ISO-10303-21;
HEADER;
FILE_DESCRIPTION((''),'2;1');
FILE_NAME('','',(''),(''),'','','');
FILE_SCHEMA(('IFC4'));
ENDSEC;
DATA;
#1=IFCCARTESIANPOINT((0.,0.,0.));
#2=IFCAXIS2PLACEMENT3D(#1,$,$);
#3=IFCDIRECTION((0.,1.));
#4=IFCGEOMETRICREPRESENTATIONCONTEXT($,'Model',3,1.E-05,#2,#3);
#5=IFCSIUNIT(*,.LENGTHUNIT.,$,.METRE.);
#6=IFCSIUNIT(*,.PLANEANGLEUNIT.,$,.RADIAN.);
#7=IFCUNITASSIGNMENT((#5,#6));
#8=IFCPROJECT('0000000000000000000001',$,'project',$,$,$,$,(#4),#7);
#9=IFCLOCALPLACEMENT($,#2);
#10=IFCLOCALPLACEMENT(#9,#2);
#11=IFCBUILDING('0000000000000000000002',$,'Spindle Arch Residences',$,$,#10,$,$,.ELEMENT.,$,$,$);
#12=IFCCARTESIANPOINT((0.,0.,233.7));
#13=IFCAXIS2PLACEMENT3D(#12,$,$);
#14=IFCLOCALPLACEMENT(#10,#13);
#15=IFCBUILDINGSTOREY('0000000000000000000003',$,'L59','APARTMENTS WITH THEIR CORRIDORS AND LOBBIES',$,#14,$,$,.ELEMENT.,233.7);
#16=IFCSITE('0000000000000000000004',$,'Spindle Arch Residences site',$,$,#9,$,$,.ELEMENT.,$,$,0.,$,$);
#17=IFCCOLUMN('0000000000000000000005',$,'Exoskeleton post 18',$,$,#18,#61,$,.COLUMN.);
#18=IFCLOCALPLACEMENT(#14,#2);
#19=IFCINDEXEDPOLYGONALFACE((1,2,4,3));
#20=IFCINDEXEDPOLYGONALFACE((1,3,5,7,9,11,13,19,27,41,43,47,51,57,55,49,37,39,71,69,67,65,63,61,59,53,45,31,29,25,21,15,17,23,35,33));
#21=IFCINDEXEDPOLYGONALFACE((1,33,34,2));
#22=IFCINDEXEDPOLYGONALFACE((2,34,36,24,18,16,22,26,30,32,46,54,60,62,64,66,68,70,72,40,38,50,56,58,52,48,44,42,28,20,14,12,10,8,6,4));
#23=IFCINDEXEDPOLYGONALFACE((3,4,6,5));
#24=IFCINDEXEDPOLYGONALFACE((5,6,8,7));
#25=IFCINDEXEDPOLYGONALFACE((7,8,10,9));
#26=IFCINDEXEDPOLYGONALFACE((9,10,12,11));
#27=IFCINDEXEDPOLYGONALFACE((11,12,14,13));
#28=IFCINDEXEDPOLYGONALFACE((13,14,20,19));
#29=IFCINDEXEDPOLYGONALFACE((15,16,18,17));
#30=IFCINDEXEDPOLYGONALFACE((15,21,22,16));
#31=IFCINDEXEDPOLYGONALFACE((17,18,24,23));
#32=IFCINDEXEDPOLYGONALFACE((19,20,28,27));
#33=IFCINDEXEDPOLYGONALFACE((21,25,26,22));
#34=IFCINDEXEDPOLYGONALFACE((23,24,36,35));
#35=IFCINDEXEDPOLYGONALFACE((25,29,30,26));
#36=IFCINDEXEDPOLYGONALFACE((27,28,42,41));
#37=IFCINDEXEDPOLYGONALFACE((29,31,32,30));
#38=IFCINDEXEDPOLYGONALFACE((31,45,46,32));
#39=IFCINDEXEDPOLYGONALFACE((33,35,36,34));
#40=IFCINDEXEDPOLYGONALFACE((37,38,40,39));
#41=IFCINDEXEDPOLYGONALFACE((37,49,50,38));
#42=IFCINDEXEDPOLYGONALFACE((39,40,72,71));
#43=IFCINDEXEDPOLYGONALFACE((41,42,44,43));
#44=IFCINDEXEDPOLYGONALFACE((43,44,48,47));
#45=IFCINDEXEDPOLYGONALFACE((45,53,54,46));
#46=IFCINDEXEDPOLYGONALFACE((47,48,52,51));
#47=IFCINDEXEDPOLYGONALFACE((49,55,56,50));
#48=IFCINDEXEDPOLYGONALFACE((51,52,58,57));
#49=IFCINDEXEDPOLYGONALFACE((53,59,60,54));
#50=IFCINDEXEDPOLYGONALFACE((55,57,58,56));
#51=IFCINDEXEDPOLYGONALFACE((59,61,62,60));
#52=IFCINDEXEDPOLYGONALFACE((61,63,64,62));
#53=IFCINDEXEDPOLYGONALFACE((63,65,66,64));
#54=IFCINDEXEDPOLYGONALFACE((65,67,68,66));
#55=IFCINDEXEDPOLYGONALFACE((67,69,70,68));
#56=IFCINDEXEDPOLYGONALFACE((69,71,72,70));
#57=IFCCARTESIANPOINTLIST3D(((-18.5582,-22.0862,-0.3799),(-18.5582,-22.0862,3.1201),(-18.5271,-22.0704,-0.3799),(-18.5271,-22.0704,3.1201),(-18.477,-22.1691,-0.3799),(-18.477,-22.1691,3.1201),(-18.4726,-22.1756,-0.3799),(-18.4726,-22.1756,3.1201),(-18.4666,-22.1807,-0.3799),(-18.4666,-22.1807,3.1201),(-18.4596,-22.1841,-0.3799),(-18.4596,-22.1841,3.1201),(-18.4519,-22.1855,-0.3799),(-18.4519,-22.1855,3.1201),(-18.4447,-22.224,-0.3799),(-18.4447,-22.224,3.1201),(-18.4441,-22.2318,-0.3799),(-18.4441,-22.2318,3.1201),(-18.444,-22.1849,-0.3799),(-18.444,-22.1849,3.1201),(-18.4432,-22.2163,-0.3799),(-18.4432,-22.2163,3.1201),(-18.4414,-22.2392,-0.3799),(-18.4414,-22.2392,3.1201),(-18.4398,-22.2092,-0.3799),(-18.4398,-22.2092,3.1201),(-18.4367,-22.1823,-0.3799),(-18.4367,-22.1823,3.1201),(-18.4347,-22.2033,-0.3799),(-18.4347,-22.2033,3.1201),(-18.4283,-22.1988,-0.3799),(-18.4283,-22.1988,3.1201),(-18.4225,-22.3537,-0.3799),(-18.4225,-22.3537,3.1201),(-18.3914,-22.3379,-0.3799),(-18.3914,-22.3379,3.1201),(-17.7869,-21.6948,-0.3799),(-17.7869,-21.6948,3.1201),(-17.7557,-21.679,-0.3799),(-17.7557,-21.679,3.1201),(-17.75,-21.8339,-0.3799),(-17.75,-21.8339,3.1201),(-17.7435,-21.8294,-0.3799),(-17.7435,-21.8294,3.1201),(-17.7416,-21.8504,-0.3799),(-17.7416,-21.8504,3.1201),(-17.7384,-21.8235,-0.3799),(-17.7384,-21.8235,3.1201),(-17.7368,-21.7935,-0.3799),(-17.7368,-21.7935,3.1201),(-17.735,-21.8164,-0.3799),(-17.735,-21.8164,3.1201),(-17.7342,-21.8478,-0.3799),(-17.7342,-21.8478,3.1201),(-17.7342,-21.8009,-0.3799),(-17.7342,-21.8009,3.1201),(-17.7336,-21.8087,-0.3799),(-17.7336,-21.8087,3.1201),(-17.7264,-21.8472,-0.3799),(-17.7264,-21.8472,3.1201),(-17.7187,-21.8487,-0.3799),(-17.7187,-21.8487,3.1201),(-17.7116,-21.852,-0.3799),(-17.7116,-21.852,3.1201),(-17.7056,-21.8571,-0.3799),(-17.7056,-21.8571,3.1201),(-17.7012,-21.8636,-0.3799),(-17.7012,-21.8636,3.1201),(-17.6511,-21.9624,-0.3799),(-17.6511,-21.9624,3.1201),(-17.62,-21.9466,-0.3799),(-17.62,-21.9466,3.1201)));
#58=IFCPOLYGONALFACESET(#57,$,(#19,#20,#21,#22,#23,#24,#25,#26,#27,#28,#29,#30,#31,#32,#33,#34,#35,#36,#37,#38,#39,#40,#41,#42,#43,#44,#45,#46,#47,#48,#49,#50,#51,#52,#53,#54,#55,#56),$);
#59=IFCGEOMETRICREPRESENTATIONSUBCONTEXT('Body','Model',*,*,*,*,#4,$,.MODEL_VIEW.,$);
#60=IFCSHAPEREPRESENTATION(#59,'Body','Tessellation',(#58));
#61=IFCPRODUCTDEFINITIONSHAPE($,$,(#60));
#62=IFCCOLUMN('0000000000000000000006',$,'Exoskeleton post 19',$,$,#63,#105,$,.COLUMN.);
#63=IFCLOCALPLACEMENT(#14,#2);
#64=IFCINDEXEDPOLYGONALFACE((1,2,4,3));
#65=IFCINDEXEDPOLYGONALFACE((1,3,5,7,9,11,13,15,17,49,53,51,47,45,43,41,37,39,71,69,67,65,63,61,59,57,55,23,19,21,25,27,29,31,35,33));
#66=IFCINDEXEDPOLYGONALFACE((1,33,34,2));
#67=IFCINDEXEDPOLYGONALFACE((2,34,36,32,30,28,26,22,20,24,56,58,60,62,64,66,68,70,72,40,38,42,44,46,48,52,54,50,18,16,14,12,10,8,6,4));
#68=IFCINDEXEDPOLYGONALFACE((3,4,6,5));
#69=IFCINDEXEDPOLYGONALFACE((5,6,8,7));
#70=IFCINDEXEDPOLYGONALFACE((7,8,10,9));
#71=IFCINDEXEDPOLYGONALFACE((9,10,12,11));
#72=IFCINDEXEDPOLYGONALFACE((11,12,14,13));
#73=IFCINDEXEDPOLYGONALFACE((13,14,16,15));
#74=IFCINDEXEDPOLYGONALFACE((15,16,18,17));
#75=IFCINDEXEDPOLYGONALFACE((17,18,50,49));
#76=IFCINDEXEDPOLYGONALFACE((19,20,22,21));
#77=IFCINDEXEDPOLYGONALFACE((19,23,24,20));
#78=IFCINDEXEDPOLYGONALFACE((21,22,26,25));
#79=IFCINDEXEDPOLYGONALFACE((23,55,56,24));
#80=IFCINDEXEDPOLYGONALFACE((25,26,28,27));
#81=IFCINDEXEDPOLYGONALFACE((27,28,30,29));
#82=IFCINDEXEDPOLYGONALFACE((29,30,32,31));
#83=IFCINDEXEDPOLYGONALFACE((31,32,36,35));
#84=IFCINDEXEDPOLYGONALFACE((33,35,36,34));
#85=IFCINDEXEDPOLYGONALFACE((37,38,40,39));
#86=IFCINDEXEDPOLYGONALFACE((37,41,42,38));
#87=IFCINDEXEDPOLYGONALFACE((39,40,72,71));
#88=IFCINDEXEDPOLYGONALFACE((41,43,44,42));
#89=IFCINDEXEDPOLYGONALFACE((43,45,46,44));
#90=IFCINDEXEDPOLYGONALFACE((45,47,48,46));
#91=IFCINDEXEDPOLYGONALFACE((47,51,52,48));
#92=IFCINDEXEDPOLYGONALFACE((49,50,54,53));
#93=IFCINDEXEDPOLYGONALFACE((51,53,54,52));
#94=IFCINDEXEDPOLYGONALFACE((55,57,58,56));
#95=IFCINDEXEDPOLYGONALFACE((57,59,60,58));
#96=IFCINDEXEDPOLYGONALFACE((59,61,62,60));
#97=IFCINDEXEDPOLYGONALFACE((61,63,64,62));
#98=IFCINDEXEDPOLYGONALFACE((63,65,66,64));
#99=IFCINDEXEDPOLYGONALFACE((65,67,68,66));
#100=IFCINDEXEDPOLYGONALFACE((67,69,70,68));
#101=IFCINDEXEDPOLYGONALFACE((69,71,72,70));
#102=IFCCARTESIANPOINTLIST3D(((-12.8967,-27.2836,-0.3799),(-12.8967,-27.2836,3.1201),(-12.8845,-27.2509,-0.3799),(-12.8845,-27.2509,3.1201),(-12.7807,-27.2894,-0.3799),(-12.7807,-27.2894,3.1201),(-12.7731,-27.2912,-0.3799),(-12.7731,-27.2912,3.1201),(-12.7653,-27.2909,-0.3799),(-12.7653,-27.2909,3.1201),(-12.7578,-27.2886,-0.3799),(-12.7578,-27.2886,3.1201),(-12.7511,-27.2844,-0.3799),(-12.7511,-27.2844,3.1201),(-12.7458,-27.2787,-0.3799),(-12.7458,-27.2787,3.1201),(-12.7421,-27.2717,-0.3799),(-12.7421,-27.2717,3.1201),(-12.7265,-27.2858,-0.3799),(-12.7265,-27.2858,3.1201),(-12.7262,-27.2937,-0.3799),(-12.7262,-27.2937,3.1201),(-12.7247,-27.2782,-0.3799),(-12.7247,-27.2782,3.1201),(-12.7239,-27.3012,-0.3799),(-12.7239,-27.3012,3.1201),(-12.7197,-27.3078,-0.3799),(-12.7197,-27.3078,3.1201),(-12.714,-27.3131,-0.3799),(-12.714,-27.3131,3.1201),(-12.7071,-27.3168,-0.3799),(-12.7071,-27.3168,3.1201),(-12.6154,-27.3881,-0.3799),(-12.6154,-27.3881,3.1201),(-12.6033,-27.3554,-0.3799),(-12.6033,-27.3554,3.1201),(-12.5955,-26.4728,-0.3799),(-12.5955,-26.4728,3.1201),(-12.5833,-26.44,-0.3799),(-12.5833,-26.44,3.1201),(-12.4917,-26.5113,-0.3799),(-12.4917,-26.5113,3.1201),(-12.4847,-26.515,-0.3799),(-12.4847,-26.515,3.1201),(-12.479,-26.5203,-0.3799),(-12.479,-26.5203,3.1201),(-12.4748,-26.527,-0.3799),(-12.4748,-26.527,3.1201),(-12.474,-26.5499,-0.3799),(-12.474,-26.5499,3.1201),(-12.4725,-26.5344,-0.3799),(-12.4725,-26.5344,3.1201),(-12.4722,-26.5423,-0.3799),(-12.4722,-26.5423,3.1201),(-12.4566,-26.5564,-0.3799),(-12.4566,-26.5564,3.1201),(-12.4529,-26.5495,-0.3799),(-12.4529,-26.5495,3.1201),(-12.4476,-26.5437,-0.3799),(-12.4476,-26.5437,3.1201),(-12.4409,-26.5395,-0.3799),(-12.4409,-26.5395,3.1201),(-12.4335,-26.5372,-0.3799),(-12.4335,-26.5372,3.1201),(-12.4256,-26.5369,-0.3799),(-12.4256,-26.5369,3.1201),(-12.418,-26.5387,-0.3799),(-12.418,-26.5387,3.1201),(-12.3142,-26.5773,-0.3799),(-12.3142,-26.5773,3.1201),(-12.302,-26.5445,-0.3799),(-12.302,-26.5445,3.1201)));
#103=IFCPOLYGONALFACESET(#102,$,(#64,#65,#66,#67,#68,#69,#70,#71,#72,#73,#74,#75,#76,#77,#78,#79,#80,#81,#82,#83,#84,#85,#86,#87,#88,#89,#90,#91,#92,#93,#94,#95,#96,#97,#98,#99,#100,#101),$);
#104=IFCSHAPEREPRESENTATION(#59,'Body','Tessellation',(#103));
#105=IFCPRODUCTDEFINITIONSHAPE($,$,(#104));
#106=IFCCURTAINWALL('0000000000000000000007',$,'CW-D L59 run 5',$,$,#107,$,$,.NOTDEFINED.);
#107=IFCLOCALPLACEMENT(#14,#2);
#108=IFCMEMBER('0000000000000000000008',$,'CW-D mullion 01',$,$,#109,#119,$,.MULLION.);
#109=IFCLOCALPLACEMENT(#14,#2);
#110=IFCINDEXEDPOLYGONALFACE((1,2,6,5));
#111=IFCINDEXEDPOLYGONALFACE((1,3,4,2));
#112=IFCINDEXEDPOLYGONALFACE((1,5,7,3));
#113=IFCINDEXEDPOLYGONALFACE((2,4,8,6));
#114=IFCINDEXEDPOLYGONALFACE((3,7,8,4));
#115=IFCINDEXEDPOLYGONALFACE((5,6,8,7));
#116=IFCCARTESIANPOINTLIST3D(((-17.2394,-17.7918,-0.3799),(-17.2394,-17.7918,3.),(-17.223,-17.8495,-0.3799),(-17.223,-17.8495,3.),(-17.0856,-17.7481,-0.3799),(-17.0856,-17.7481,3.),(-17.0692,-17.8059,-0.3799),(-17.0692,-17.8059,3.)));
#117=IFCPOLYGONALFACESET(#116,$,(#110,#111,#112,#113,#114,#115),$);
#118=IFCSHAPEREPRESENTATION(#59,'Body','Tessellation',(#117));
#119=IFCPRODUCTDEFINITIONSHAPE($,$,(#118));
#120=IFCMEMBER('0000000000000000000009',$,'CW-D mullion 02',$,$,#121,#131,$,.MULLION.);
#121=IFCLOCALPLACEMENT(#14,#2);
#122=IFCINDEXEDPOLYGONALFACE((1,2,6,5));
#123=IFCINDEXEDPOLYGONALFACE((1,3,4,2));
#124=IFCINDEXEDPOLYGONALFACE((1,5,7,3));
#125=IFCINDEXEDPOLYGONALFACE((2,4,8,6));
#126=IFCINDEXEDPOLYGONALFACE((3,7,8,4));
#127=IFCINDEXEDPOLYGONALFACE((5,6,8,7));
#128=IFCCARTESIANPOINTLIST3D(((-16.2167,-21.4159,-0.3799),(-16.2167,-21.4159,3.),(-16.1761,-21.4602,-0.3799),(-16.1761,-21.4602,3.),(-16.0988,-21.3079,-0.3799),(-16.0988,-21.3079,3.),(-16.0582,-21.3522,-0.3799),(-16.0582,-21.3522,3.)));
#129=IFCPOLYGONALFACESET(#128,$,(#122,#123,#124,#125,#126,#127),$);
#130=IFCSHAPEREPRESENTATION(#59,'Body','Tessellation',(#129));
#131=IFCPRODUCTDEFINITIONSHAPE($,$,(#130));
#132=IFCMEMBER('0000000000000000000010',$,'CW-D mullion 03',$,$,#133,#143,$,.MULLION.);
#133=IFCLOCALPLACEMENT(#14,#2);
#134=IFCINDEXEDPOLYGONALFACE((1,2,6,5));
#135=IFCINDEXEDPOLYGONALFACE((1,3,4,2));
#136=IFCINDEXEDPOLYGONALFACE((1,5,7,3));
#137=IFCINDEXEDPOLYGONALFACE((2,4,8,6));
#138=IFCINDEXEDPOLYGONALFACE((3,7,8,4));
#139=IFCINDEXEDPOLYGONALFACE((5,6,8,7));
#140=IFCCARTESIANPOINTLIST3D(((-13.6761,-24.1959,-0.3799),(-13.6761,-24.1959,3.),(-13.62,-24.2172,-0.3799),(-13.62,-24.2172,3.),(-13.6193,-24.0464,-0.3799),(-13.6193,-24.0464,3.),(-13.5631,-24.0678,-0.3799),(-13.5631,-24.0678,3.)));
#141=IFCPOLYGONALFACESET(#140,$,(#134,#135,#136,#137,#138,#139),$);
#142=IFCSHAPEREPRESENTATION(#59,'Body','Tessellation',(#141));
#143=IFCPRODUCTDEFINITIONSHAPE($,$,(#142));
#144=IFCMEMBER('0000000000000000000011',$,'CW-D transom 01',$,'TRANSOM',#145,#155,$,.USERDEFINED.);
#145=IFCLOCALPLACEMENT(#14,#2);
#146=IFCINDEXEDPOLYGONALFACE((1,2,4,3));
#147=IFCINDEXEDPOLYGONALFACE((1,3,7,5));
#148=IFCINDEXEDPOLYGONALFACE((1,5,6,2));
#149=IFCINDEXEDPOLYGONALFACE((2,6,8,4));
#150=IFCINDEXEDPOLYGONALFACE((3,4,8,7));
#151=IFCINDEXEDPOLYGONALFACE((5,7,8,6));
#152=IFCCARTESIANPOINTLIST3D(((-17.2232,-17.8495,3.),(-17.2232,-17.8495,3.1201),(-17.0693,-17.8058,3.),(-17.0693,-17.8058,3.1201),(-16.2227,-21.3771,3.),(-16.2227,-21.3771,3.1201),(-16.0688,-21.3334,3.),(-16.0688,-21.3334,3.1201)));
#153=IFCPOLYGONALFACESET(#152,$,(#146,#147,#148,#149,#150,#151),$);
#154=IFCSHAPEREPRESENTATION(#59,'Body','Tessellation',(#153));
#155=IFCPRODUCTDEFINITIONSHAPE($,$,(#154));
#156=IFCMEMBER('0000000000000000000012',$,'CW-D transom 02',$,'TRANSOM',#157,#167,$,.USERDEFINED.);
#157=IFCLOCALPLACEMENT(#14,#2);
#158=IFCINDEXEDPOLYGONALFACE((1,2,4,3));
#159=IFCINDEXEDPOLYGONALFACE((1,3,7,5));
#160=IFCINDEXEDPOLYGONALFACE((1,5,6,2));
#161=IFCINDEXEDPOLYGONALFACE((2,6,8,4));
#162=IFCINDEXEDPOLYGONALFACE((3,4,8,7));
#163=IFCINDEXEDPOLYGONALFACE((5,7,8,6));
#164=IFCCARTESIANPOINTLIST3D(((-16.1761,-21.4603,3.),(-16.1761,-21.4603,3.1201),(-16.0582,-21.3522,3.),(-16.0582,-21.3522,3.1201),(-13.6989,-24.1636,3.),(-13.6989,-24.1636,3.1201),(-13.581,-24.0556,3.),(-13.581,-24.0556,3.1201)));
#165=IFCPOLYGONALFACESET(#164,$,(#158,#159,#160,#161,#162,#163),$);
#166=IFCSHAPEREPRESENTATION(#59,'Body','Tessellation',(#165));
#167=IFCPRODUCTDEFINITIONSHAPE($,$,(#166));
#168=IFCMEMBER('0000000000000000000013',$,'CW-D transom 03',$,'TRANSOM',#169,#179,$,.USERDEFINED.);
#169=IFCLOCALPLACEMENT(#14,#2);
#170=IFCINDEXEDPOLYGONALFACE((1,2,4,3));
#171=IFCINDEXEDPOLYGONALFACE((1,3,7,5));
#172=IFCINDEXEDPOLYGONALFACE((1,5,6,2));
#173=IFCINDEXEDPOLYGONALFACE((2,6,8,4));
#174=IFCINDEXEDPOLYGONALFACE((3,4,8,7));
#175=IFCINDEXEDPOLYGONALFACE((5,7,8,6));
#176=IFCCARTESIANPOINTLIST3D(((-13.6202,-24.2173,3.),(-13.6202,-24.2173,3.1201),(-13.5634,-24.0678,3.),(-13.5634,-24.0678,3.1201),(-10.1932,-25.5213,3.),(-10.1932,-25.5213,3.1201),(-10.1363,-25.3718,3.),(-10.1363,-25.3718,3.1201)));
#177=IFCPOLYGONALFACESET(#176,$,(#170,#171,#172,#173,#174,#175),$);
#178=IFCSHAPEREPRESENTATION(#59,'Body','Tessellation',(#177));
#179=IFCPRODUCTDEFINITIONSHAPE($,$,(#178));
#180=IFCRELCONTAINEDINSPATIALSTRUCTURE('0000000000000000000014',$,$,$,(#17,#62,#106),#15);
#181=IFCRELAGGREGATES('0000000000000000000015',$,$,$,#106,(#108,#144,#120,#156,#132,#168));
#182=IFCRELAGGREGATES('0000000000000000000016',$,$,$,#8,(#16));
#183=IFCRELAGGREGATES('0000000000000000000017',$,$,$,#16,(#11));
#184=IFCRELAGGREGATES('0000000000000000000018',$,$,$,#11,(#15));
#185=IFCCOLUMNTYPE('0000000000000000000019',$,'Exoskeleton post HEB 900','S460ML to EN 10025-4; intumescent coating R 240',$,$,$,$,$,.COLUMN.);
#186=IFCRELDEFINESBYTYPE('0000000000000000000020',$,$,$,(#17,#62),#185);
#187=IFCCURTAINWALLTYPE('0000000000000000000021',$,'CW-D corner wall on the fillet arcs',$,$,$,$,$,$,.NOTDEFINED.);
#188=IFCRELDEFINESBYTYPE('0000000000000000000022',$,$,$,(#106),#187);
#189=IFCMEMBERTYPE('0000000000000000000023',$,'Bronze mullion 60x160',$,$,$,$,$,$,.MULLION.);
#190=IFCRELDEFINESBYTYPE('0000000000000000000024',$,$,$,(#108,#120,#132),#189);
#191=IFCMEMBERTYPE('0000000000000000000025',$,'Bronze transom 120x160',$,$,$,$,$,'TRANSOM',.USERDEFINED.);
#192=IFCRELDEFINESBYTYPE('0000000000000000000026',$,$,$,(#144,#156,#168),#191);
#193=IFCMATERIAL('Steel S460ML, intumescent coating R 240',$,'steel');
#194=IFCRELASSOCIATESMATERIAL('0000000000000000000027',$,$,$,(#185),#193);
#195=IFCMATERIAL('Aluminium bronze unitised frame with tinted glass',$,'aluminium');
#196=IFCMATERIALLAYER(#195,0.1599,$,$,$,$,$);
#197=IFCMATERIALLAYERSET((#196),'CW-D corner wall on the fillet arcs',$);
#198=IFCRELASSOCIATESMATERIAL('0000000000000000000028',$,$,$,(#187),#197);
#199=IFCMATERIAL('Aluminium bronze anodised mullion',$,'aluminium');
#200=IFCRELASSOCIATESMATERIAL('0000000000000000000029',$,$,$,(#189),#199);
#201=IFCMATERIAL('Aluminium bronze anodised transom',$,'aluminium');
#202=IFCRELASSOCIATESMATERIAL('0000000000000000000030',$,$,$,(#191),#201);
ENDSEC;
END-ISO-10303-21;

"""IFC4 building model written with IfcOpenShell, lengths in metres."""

from ifc_helpers import new_model, si_unit, direction, frame, origin, origin_2d, place, context, subcontext, project, spatial, rectangle, i_section, extrude, material, layer, layer_set, material_profile, profile_set, type_object, element, aggregate, save


model = new_model("IFC4")

# Units and contexts
model_context = context("Model", 3, precision=1e-05, world=origin(), true_north=direction((0.0, 1.0)))
body_context = subcontext(model_context, "Body", "Model", "MODEL_VIEW")
ifc_project = project(units=[si_unit("LENGTHUNIT", "METRE"), si_unit("PLANEANGLEUNIT", "RADIAN")], contexts=[model_context])

# Site, building, storey
site_placement = place(None, origin())
site = spatial("IfcSite", under=ifc_project, at=site_placement, Name="Spindle Arch Residences site", CompositionType="ELEMENT", RefElevation=0.0)
building_placement = place(site_placement, origin())
building = spatial("IfcBuilding", under=site, at=building_placement, Name="Spindle Arch Residences", CompositionType="ELEMENT")
storey_placement = place(building_placement, frame((0.0, 0.0, 233.7)))
storey = spatial("IfcBuildingStorey", under=building, at=storey_placement, Name="L59", Description="APARTMENTS WITH THEIR CORRIDORS AND LOBBIES", CompositionType="ELEMENT", Elevation=233.7)

# Columns
ifc_material_1 = material(Name="Steel S460ML, intumescent coating R 240", Category="steel")
ifc_material_profile_1 = material_profile(ifc_material_1, i_section(OverallWidth=0.3, OverallDepth=0.8999, WebThickness=0.0186, FlangeThickness=0.0349, FilletRadius=0.03, at=origin_2d()), Name="HEB 900")
ifc_profile_set_1 = profile_set([ifc_material_profile_1], Name="Steel S460ML, intumescent coating R 240")
column_type = type_object("IfcColumnType", Name="Exoskeleton post HEB 900", Description="S460ML to EN 10025-4; intumescent coating R 240", PredefinedType="COLUMN", material=ifc_profile_set_1)
for number, where, z_axis, x_axis, name in (
    (1, (-18.0891, -22.0164, -0.3799), (0.0, 0.0, 1.0), (-0.452474, 0.891778, 0.0), "Exoskeleton post 18"),
    (2, (-12.5994, -26.9141, -0.3799), (0.0, 0.0, 1.0), (-0.937401, 0.348253, 0.0), "Exoskeleton post 19"),
):
    element("IfcColumn", number, at=place(storey_placement, frame(where, z_axis=z_axis, x_axis=x_axis)), inside=storey, type_object=column_type, Name=name, PredefinedType="COLUMN", context=body_context, shape_type="SweptSolid", body=[
        extrude(i_section(OverallWidth=0.3, OverallDepth=0.8999, WebThickness=0.0186, FlangeThickness=0.0349, FilletRadius=0.03, at=origin_2d()), origin(), (0.0, 0.0, 1.0), 3.5),
    ])

# Curtain wall, members
ifc_material_2 = material(Name="Aluminium bronze unitised frame with tinted glass", Category="aluminium")
ifc_layer_1 = layer(ifc_material_2, 0.1599)
ifc_layer_set_1 = layer_set([ifc_layer_1], Name="CW-D corner wall on the fillet arcs")
curtain_wall_type = type_object("IfcCurtainWallType", Name="CW-D corner wall on the fillet arcs", PredefinedType="NOTDEFINED", material=ifc_layer_set_1)
curtain_wall_placement = place(storey_placement, origin())
curtain_wall = element("IfcCurtainWall", 3, at=curtain_wall_placement, inside=storey, type_object=curtain_wall_type, Name="CW-D L59 run 5", PredefinedType="NOTDEFINED")
ifc_material_3 = material(Name="Aluminium bronze anodised mullion", Category="aluminium")
ifc_material_profile_2 = material_profile(ifc_material_3, rectangle(XDim=0.1599, YDim=0.0601, at=origin_2d()), Name="MU 60x160")
ifc_profile_set_2 = profile_set([ifc_material_profile_2], Name="Aluminium bronze anodised mullion")
member_type_1 = type_object("IfcMemberType", Name="Bronze mullion 60x160", PredefinedType="MULLION", material=ifc_profile_set_2)
member_1_placement = place(storey_placement, frame((-17.1543, -17.7988, -0.3799), z_axis=(0.0, 0.0, 1.0), x_axis=(0.962059, 0.27284, 0.0)))
member_1 = element("IfcMember", 4, at=member_1_placement, type_object=member_type_1, Name="CW-D mullion 01", PredefinedType="MULLION", context=body_context, shape_type="SweptSolid", body=[
    extrude(rectangle(XDim=0.1599, YDim=0.0601, at=origin_2d()), origin(), (0.0, 0.0, 1.0), 3.3799),
])
member_2_placement = place(storey_placement, frame((-16.1375, -21.384, -0.3799), z_axis=(0.0, 0.0, 1.0), x_axis=(0.737277, 0.67559, 0.0)))
member_2 = element("IfcMember", 5, at=member_2_placement, type_object=member_type_1, Name="CW-D mullion 02", PredefinedType="MULLION", context=body_context, shape_type="SweptSolid", body=[
    extrude(rectangle(XDim=0.1599, YDim=0.0601, at=origin_2d()), origin(), (0.0, 0.0, 1.0), 3.3799),
])
member_3_placement = place(storey_placement, frame((-13.6196, -24.1318, -0.3799), z_axis=(0.0, 0.0, 1.0), x_axis=(0.355651, 0.934619, 0.0)))
member_3 = element("IfcMember", 6, at=member_3_placement, type_object=member_type_1, Name="CW-D mullion 03", PredefinedType="MULLION", context=body_context, shape_type="SweptSolid", body=[
    extrude(rectangle(XDim=0.1599, YDim=0.0601, at=origin_2d()), origin(), (0.0, 0.0, 1.0), 3.3799),
])
ifc_material_4 = material(Name="Aluminium bronze anodised transom", Category="aluminium")
ifc_material_profile_3 = material_profile(ifc_material_4, rectangle(XDim=0.1599, YDim=0.1201, at=origin_2d()), Name="TR 120x160")
ifc_profile_set_3 = profile_set([ifc_material_profile_3], Name="Aluminium bronze anodised transom")
member_type_2 = type_object("IfcMemberType", Name="Bronze transom 120x160", ElementType="TRANSOM", PredefinedType="USERDEFINED", material=ifc_profile_set_3)
member_4_placement = place(storey_placement, frame((-17.1462, -17.8276, 3.0601), z_axis=(0.272856, -0.962055, 0.0), x_axis=(0.962055, 0.272856, 0.0)))
member_4 = element("IfcMember", 7, at=member_4_placement, type_object=member_type_2, Name="CW-D transom 01", ObjectType="TRANSOM", PredefinedType="USERDEFINED", context=body_context, shape_type="SweptSolid", body=[
    extrude(rectangle(XDim=0.1599, YDim=0.1201, at=origin_2d()), origin(), (0.0, 0.0, 1.0), 3.6667),
])
member_5_placement = place(storey_placement, frame((-16.1172, -21.4062, 3.0601), z_axis=(0.675607, -0.737262, 0.0), x_axis=(0.737262, 0.675607, 0.0)))
member_5 = element("IfcMember", 8, at=member_5_placement, type_object=member_type_2, Name="CW-D transom 02", ObjectType="TRANSOM", PredefinedType="USERDEFINED", context=body_context, shape_type="SweptSolid", body=[
    extrude(rectangle(XDim=0.1599, YDim=0.1201, at=origin_2d()), origin(), (0.0, 0.0, 1.0), 3.6667),
])
member_6_placement = place(storey_placement, frame((-13.5918, -24.1426, 3.0601), z_axis=(0.93463, -0.355622, 0.0), x_axis=(0.355622, 0.93463, 0.0)))
member_6 = element("IfcMember", 9, at=member_6_placement, type_object=member_type_2, Name="CW-D transom 03", ObjectType="TRANSOM", PredefinedType="USERDEFINED", context=body_context, shape_type="SweptSolid", body=[
    extrude(rectangle(XDim=0.1599, YDim=0.1201, at=origin_2d()), origin(), (0.0, 0.0, 1.0), 3.6667),
])

aggregate(curtain_wall, [member_1, member_4, member_2, member_5, member_3, member_6])

save(model, "model.ifc")
